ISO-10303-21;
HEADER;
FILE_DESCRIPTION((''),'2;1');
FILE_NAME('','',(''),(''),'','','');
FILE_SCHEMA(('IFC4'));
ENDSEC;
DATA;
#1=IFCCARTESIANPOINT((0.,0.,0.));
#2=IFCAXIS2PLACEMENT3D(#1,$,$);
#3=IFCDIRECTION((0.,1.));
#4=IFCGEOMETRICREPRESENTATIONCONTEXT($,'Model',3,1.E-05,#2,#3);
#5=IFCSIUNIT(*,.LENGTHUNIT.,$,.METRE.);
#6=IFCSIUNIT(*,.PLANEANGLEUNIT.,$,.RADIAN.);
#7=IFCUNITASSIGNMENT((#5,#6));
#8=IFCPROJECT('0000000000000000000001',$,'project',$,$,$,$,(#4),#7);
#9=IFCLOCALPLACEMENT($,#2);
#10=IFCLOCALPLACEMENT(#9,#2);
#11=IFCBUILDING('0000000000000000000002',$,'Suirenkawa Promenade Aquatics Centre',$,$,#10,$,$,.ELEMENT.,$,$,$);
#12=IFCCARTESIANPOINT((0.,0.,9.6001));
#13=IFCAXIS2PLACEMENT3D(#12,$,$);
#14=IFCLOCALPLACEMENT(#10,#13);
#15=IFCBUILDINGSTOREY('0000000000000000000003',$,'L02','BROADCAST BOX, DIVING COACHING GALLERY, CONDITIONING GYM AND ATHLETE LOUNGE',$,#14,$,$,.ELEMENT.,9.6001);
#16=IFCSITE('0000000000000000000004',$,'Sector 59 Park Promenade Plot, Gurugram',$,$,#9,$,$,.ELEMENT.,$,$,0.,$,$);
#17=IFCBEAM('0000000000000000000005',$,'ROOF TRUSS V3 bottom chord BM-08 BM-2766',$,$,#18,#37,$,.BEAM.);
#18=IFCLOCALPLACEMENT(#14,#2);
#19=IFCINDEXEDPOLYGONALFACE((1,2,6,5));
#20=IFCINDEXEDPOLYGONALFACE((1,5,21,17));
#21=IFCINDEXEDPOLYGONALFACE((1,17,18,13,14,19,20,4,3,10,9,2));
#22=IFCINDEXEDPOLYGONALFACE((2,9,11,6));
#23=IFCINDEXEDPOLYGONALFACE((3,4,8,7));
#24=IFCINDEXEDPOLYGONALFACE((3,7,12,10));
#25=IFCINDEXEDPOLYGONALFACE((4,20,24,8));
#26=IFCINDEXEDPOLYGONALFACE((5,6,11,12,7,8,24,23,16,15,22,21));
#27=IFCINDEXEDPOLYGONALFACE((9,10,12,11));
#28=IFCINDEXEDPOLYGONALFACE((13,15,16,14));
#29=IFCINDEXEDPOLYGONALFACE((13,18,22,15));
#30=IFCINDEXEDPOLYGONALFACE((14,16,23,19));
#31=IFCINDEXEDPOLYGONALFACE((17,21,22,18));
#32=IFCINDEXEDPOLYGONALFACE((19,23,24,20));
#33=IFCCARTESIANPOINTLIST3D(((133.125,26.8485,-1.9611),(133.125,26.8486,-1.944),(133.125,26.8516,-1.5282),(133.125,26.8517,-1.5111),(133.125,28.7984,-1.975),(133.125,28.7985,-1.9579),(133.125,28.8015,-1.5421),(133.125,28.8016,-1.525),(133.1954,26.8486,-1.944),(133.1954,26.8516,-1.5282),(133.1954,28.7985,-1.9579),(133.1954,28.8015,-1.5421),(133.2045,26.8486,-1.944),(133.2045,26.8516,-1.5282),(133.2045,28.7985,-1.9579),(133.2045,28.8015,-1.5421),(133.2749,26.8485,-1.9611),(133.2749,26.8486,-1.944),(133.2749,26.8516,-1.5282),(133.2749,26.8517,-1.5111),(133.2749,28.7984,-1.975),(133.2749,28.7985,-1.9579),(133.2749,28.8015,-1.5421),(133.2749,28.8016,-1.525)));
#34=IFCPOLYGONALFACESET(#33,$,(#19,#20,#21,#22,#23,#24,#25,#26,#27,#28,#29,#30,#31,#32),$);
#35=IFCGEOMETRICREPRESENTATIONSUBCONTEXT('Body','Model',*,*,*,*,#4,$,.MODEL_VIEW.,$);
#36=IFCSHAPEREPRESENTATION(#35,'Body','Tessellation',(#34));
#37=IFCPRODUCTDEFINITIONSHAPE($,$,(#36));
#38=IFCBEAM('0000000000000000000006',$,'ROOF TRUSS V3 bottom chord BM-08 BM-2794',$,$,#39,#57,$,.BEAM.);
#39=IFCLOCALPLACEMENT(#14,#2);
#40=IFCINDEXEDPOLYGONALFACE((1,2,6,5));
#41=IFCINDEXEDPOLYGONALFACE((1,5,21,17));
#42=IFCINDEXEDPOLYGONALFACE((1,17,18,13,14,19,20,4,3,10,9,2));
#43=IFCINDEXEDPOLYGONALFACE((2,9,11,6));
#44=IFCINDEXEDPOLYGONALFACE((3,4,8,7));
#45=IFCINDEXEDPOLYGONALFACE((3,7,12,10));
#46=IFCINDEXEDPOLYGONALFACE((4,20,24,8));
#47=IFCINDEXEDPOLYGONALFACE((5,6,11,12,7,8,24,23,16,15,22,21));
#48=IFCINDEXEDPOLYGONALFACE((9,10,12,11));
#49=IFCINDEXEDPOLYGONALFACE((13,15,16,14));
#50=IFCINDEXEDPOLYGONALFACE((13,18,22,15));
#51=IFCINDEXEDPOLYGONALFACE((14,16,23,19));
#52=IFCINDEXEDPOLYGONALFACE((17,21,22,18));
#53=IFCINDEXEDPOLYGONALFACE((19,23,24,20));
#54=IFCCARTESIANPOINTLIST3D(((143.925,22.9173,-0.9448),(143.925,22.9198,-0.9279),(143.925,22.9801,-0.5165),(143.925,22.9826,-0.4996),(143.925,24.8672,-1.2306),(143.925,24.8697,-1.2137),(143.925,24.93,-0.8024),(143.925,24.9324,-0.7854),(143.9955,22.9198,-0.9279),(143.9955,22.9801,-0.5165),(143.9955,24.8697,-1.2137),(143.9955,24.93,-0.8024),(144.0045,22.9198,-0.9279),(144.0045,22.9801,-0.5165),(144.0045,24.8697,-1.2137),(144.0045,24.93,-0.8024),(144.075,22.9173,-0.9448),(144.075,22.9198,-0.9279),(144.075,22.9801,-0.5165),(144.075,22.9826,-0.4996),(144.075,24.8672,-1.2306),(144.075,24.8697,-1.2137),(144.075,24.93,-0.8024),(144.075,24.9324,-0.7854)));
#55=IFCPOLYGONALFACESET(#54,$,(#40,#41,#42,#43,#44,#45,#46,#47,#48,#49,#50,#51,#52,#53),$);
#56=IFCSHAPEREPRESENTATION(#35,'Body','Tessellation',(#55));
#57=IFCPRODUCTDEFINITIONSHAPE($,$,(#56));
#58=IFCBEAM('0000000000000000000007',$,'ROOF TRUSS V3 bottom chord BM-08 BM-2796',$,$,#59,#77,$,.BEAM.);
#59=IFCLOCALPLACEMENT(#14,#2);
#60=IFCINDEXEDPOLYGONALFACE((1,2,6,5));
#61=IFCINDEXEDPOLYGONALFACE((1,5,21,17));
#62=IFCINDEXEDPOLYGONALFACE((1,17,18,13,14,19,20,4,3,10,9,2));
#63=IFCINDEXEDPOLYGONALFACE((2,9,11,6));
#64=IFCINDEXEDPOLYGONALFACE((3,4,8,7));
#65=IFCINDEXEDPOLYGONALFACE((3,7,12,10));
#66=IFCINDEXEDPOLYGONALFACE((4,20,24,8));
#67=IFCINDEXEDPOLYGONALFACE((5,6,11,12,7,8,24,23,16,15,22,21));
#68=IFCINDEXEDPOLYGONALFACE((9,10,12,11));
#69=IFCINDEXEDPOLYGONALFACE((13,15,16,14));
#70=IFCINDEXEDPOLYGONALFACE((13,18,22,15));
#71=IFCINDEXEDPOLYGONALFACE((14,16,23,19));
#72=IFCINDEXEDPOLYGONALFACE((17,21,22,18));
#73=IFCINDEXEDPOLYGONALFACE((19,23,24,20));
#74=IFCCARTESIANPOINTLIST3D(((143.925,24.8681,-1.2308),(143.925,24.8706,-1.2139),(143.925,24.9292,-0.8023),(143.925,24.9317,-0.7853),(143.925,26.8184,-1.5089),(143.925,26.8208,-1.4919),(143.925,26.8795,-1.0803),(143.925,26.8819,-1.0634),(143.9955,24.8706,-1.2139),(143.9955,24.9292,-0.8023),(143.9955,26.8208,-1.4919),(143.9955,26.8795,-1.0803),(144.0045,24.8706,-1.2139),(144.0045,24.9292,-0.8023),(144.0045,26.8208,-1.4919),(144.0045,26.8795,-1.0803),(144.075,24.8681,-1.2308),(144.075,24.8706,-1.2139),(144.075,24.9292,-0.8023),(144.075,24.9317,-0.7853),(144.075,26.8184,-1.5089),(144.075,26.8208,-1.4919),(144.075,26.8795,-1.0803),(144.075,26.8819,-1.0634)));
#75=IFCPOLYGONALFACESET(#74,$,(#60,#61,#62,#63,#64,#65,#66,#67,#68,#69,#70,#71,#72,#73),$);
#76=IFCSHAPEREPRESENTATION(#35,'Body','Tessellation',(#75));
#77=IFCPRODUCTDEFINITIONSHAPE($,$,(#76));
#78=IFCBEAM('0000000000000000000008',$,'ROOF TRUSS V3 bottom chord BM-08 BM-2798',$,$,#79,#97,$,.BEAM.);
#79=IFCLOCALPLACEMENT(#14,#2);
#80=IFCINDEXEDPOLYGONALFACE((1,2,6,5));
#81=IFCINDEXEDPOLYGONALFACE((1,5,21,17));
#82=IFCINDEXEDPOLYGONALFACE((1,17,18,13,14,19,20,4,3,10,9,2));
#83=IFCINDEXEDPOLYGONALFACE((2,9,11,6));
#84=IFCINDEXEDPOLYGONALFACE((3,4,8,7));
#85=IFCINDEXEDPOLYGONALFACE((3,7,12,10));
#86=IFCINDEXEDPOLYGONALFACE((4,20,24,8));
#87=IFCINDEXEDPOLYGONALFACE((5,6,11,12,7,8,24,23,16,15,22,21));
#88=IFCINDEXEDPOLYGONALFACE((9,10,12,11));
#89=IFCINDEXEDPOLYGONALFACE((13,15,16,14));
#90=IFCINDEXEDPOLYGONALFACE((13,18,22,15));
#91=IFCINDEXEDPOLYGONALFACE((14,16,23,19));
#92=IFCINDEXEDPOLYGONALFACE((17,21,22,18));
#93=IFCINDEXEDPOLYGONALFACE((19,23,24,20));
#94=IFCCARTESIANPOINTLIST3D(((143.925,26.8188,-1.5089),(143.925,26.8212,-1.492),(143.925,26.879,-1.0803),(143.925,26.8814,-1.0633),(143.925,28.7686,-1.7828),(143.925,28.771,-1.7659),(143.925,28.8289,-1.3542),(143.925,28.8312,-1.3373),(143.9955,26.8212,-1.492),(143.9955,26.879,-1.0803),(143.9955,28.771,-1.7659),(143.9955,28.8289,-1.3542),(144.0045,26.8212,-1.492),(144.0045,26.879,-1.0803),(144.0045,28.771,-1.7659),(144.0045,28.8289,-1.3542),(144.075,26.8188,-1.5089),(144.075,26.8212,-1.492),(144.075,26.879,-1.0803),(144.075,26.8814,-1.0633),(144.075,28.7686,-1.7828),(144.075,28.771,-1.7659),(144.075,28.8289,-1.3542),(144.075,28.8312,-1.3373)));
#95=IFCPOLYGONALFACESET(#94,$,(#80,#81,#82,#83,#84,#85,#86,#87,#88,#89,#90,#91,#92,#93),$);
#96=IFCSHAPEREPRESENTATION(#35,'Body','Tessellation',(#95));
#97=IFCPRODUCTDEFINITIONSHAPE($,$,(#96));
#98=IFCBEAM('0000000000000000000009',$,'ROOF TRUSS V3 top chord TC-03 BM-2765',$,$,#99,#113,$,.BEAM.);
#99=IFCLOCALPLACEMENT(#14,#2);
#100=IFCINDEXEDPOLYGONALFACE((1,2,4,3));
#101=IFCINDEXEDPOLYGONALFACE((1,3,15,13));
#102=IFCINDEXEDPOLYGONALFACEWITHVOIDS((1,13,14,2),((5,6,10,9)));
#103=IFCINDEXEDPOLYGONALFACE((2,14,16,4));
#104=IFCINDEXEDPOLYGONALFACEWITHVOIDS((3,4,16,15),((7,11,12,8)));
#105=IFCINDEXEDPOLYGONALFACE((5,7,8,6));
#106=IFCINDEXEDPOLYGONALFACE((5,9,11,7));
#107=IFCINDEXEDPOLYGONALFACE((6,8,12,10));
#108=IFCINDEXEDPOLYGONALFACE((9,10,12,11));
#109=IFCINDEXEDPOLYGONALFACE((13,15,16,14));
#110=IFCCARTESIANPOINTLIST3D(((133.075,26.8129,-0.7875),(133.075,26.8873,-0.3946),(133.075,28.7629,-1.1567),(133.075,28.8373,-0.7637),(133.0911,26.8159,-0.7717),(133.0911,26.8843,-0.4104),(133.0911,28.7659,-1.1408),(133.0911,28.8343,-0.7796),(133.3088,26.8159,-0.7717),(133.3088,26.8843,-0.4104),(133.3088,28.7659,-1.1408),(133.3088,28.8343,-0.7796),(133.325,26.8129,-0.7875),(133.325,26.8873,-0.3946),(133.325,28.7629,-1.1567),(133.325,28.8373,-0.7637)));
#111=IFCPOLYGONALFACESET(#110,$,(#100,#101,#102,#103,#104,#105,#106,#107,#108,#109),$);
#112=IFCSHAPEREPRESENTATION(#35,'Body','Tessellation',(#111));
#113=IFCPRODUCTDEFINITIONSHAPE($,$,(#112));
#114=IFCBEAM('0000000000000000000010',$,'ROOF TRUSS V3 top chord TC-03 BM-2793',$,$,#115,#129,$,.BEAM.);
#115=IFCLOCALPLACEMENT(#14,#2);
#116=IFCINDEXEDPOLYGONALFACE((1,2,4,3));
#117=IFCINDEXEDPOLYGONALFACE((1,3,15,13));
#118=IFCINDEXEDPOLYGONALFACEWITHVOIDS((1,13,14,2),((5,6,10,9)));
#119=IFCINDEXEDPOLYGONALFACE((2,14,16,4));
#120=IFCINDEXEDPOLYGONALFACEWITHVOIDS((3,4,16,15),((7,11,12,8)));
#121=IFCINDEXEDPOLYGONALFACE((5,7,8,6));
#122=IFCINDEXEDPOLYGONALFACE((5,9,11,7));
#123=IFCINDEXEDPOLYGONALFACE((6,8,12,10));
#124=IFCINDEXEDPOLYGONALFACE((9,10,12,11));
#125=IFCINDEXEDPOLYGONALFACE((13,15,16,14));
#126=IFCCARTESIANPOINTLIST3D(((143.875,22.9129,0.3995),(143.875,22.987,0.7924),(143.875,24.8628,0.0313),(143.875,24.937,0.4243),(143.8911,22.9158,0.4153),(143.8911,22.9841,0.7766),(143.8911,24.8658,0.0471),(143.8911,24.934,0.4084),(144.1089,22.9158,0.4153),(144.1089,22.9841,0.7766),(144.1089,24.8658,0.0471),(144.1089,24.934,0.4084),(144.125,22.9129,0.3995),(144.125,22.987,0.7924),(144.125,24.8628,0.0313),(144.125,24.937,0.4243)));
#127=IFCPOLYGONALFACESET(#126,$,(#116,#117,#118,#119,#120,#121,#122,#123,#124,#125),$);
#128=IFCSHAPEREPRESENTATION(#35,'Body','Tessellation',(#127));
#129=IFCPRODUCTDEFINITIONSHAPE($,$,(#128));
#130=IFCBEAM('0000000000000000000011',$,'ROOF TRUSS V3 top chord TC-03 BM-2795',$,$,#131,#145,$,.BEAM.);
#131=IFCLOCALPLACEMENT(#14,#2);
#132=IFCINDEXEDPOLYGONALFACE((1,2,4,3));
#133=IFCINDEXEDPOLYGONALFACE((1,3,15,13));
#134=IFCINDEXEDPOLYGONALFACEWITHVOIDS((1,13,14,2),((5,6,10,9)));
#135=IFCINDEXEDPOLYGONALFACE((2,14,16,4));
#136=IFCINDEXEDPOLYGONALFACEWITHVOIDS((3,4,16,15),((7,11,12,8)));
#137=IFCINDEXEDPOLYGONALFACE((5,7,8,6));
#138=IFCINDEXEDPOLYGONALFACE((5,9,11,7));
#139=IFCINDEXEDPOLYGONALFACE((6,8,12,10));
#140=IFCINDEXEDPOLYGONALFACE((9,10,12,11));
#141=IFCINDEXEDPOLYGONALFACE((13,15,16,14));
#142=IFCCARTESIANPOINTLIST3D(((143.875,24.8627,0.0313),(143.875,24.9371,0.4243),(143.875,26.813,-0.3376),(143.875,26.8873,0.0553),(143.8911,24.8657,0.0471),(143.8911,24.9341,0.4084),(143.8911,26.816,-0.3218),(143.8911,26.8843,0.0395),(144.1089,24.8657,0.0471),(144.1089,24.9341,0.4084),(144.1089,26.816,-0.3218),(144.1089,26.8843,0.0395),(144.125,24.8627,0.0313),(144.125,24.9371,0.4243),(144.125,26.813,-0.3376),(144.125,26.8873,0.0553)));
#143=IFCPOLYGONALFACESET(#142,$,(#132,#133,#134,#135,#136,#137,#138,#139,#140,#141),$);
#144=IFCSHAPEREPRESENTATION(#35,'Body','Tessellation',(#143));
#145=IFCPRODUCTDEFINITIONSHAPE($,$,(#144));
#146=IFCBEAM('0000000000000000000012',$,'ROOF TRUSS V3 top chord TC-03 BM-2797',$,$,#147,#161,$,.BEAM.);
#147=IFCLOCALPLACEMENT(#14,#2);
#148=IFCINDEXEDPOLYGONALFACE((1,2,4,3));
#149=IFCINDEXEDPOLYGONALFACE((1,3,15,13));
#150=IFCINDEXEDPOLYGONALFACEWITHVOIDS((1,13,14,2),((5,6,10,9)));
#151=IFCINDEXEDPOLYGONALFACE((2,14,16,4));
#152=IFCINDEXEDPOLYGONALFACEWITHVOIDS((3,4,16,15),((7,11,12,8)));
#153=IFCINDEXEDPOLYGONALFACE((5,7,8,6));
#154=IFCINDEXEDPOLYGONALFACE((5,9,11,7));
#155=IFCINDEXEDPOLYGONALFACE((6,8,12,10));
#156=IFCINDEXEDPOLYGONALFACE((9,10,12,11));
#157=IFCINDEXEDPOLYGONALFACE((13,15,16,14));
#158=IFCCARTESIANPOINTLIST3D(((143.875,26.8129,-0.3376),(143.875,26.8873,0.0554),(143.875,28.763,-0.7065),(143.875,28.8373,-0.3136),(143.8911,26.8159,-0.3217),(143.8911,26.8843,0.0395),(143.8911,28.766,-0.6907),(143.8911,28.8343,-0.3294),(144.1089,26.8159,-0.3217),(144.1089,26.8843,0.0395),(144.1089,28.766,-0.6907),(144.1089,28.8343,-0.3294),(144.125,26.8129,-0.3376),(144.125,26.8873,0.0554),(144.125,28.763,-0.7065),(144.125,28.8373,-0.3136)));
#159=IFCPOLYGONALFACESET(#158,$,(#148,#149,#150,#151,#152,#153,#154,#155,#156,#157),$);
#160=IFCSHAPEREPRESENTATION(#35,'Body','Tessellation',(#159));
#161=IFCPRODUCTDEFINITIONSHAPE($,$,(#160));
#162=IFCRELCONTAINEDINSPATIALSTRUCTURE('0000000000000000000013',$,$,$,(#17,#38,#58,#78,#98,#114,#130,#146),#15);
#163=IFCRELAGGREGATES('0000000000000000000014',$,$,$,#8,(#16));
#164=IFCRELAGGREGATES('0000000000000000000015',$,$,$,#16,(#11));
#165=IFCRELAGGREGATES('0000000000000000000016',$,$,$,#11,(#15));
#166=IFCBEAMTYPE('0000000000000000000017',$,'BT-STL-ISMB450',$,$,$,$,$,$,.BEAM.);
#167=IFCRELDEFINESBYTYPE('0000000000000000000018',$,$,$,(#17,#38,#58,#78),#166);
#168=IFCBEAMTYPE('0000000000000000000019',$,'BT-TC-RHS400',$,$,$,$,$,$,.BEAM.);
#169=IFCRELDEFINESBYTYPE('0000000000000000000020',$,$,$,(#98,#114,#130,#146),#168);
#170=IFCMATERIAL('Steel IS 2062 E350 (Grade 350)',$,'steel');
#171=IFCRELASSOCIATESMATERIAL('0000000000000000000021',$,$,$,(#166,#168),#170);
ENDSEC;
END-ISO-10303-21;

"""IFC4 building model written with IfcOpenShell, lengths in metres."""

from ifc_helpers import new_model, si_unit, direction, frame, origin, origin_2d, place, context, subcontext, project, spatial, hollow_rectangle, i_section, extrude, material, material_profile, profile_set, type_object, element, save


model = new_model("IFC4")

# Units and contexts
model_context = context("Model", 3, precision=1e-05, world=origin(), true_north=direction((0.0, 1.0)))
body_context = subcontext(model_context, "Body", "Model", "MODEL_VIEW")
ifc_project = project(units=[si_unit("LENGTHUNIT", "METRE"), si_unit("PLANEANGLEUNIT", "RADIAN")], contexts=[model_context])

# Site, building, storey
site_placement = place(None, origin())
site = spatial("IfcSite", under=ifc_project, at=site_placement, Name="Sector 59 Park Promenade Plot, Gurugram", CompositionType="ELEMENT", RefElevation=0.0)
building_placement = place(site_placement, origin())
building = spatial("IfcBuilding", under=site, at=building_placement, Name="Suirenkawa Promenade Aquatics Centre", CompositionType="ELEMENT")
storey_placement = place(building_placement, frame((0.0, 0.0, 9.6001)))
storey = spatial("IfcBuildingStorey", under=building, at=storey_placement, Name="L02", Description="BROADCAST BOX, DIVING COACHING GALLERY, CONDITIONING GYM AND ATHLETE LOUNGE", CompositionType="ELEMENT", Elevation=9.6001)

# Beams
ifc_material = material(Name="Steel IS 2062 E350 (Grade 350)", Category="steel")
ifc_material_profile_1 = material_profile(ifc_material, i_section(OverallWidth=0.1499, OverallDepth=0.45, WebThickness=0.009, FlangeThickness=0.0171, at=origin_2d()), Name="ISMB 450", Category="steel")
ifc_profile_set_1 = profile_set([ifc_material_profile_1], Name="Steel IS 2062 E350 (Grade 350)")
beam_type_1 = type_object("IfcBeamType", Name="BT-STL-ISMB450", PredefinedType="BEAM", material=ifc_profile_set_1)
beam_1_placement = place(storey_placement, frame((133.2, 26.8501, -1.7361), z_axis=(0.0, 0.999975, -0.007136), x_axis=(-1.0, 0.0, 0.0)))
element("IfcBeam", 1, at=beam_1_placement, inside=storey, type_object=beam_type_1, Name="ROOF TRUSS V3 bottom chord BM-08 BM-2766", PredefinedType="BEAM", context=body_context, shape_type="SweptSolid", body=[
    extrude(i_section(OverallWidth=0.1499, OverallDepth=0.45, WebThickness=0.009, FlangeThickness=0.0171, at=origin_2d()), origin(), (0.0, 0.0, 1.0), 1.95),
])
beam_2_placement = place(storey_placement, frame((144.0, 22.95, -0.7222), z_axis=(0.0, 0.989423, -0.145062), x_axis=(-1.0, 0.0, 0.0)))
element("IfcBeam", 2, at=beam_2_placement, inside=storey, type_object=beam_type_1, Name="ROOF TRUSS V3 bottom chord BM-08 BM-2794", PredefinedType="BEAM", context=body_context, shape_type="SweptSolid", body=[
    extrude(i_section(OverallWidth=0.1499, OverallDepth=0.45, WebThickness=0.009, FlangeThickness=0.0171, at=origin_2d()), origin(), (0.0, 0.0, 1.0), 1.9707),
])
beam_3_placement = place(storey_placement, frame((144.0, 24.8999, -1.0081), z_axis=(0.0, 0.989987, -0.141161), x_axis=(-1.0, 0.0, 0.0)))
element("IfcBeam", 3, at=beam_3_placement, inside=storey, type_object=beam_type_1, Name="ROOF TRUSS V3 bottom chord BM-08 BM-2796", PredefinedType="BEAM", context=body_context, shape_type="SweptSolid", body=[
    extrude(i_section(OverallWidth=0.1499, OverallDepth=0.45, WebThickness=0.009, FlangeThickness=0.0171, at=origin_2d()), origin(), (0.0, 0.0, 1.0), 1.97),
])
beam_4_placement = place(storey_placement, frame((144.0, 26.8501, -1.2861), z_axis=(0.0, 0.990277, -0.139112), x_axis=(-1.0, 0.0, 0.0)))
element("IfcBeam", 4, at=beam_4_placement, inside=storey, type_object=beam_type_1, Name="ROOF TRUSS V3 bottom chord BM-08 BM-2798", PredefinedType="BEAM", context=body_context, shape_type="SweptSolid", body=[
    extrude(i_section(OverallWidth=0.1499, OverallDepth=0.45, WebThickness=0.009, FlangeThickness=0.0171, at=origin_2d()), origin(), (0.0, 0.0, 1.0), 1.969),
])
ifc_material_profile_2 = material_profile(ifc_material, hollow_rectangle(XDim=0.25, YDim=0.3999, WallThickness=0.0161, at=origin_2d()), Name="RHS 400x250x16", Category="steel")
ifc_profile_set_2 = profile_set([ifc_material_profile_2], Name="Steel IS 2062 E350 (Grade 350)")
beam_type_2 = type_object("IfcBeamType", Name="BT-TC-RHS400", PredefinedType="BEAM", material=ifc_profile_set_2)
beam_5_placement = place(storey_placement, frame((133.2, 26.8501, -0.5911), z_axis=(0.0, 0.982549, -0.186004), x_axis=(-1.0, 0.0, 0.0)))
element("IfcBeam", 5, at=beam_5_placement, inside=storey, type_object=beam_type_2, Name="ROOF TRUSS V3 top chord TC-03 BM-2765", PredefinedType="BEAM", context=body_context, shape_type="SweptSolid", body=[
    extrude(hollow_rectangle(XDim=0.25, YDim=0.3999, WallThickness=0.0161, at=origin_2d()), origin(), (0.0, 0.0, 1.0), 1.9846),
])
beam_6_placement = place(storey_placement, frame((144.0, 22.95, 0.5959), z_axis=(0.0, 0.982639, -0.185529), x_axis=(-1.0, 0.0, 0.0)))
element("IfcBeam", 6, at=beam_6_placement, inside=storey, type_object=beam_type_2, Name="ROOF TRUSS V3 top chord TC-03 BM-2793", PredefinedType="BEAM", context=body_context, shape_type="SweptSolid", body=[
    extrude(hollow_rectangle(XDim=0.25, YDim=0.3999, WallThickness=0.0161, at=origin_2d()), origin(), (0.0, 0.0, 1.0), 1.9844),
])
beam_7_placement = place(storey_placement, frame((144.0, 24.8999, 0.2278), z_axis=(0.0, 0.982576, -0.185863), x_axis=(-1.0, 0.0, 0.0)))
element("IfcBeam", 7, at=beam_7_placement, inside=storey, type_object=beam_type_2, Name="ROOF TRUSS V3 top chord TC-03 BM-2795", PredefinedType="BEAM", context=body_context, shape_type="SweptSolid", body=[
    extrude(hollow_rectangle(XDim=0.25, YDim=0.3999, WallThickness=0.0161, at=origin_2d()), origin(), (0.0, 0.0, 1.0), 1.9849),
])
beam_8_placement = place(storey_placement, frame((144.0, 26.8501, -0.1411), z_axis=(0.0, 0.982571, -0.185885), x_axis=(-1.0, 0.0, 0.0)))
element("IfcBeam", 8, at=beam_8_placement, inside=storey, type_object=beam_type_2, Name="ROOF TRUSS V3 top chord TC-03 BM-2797", PredefinedType="BEAM", context=body_context, shape_type="SweptSolid", body=[
    extrude(hollow_rectangle(XDim=0.25, YDim=0.3999, WallThickness=0.0161, at=origin_2d()), origin(), (0.0, 0.0, 1.0), 1.9846),
])

save(model, "model.ifc")
